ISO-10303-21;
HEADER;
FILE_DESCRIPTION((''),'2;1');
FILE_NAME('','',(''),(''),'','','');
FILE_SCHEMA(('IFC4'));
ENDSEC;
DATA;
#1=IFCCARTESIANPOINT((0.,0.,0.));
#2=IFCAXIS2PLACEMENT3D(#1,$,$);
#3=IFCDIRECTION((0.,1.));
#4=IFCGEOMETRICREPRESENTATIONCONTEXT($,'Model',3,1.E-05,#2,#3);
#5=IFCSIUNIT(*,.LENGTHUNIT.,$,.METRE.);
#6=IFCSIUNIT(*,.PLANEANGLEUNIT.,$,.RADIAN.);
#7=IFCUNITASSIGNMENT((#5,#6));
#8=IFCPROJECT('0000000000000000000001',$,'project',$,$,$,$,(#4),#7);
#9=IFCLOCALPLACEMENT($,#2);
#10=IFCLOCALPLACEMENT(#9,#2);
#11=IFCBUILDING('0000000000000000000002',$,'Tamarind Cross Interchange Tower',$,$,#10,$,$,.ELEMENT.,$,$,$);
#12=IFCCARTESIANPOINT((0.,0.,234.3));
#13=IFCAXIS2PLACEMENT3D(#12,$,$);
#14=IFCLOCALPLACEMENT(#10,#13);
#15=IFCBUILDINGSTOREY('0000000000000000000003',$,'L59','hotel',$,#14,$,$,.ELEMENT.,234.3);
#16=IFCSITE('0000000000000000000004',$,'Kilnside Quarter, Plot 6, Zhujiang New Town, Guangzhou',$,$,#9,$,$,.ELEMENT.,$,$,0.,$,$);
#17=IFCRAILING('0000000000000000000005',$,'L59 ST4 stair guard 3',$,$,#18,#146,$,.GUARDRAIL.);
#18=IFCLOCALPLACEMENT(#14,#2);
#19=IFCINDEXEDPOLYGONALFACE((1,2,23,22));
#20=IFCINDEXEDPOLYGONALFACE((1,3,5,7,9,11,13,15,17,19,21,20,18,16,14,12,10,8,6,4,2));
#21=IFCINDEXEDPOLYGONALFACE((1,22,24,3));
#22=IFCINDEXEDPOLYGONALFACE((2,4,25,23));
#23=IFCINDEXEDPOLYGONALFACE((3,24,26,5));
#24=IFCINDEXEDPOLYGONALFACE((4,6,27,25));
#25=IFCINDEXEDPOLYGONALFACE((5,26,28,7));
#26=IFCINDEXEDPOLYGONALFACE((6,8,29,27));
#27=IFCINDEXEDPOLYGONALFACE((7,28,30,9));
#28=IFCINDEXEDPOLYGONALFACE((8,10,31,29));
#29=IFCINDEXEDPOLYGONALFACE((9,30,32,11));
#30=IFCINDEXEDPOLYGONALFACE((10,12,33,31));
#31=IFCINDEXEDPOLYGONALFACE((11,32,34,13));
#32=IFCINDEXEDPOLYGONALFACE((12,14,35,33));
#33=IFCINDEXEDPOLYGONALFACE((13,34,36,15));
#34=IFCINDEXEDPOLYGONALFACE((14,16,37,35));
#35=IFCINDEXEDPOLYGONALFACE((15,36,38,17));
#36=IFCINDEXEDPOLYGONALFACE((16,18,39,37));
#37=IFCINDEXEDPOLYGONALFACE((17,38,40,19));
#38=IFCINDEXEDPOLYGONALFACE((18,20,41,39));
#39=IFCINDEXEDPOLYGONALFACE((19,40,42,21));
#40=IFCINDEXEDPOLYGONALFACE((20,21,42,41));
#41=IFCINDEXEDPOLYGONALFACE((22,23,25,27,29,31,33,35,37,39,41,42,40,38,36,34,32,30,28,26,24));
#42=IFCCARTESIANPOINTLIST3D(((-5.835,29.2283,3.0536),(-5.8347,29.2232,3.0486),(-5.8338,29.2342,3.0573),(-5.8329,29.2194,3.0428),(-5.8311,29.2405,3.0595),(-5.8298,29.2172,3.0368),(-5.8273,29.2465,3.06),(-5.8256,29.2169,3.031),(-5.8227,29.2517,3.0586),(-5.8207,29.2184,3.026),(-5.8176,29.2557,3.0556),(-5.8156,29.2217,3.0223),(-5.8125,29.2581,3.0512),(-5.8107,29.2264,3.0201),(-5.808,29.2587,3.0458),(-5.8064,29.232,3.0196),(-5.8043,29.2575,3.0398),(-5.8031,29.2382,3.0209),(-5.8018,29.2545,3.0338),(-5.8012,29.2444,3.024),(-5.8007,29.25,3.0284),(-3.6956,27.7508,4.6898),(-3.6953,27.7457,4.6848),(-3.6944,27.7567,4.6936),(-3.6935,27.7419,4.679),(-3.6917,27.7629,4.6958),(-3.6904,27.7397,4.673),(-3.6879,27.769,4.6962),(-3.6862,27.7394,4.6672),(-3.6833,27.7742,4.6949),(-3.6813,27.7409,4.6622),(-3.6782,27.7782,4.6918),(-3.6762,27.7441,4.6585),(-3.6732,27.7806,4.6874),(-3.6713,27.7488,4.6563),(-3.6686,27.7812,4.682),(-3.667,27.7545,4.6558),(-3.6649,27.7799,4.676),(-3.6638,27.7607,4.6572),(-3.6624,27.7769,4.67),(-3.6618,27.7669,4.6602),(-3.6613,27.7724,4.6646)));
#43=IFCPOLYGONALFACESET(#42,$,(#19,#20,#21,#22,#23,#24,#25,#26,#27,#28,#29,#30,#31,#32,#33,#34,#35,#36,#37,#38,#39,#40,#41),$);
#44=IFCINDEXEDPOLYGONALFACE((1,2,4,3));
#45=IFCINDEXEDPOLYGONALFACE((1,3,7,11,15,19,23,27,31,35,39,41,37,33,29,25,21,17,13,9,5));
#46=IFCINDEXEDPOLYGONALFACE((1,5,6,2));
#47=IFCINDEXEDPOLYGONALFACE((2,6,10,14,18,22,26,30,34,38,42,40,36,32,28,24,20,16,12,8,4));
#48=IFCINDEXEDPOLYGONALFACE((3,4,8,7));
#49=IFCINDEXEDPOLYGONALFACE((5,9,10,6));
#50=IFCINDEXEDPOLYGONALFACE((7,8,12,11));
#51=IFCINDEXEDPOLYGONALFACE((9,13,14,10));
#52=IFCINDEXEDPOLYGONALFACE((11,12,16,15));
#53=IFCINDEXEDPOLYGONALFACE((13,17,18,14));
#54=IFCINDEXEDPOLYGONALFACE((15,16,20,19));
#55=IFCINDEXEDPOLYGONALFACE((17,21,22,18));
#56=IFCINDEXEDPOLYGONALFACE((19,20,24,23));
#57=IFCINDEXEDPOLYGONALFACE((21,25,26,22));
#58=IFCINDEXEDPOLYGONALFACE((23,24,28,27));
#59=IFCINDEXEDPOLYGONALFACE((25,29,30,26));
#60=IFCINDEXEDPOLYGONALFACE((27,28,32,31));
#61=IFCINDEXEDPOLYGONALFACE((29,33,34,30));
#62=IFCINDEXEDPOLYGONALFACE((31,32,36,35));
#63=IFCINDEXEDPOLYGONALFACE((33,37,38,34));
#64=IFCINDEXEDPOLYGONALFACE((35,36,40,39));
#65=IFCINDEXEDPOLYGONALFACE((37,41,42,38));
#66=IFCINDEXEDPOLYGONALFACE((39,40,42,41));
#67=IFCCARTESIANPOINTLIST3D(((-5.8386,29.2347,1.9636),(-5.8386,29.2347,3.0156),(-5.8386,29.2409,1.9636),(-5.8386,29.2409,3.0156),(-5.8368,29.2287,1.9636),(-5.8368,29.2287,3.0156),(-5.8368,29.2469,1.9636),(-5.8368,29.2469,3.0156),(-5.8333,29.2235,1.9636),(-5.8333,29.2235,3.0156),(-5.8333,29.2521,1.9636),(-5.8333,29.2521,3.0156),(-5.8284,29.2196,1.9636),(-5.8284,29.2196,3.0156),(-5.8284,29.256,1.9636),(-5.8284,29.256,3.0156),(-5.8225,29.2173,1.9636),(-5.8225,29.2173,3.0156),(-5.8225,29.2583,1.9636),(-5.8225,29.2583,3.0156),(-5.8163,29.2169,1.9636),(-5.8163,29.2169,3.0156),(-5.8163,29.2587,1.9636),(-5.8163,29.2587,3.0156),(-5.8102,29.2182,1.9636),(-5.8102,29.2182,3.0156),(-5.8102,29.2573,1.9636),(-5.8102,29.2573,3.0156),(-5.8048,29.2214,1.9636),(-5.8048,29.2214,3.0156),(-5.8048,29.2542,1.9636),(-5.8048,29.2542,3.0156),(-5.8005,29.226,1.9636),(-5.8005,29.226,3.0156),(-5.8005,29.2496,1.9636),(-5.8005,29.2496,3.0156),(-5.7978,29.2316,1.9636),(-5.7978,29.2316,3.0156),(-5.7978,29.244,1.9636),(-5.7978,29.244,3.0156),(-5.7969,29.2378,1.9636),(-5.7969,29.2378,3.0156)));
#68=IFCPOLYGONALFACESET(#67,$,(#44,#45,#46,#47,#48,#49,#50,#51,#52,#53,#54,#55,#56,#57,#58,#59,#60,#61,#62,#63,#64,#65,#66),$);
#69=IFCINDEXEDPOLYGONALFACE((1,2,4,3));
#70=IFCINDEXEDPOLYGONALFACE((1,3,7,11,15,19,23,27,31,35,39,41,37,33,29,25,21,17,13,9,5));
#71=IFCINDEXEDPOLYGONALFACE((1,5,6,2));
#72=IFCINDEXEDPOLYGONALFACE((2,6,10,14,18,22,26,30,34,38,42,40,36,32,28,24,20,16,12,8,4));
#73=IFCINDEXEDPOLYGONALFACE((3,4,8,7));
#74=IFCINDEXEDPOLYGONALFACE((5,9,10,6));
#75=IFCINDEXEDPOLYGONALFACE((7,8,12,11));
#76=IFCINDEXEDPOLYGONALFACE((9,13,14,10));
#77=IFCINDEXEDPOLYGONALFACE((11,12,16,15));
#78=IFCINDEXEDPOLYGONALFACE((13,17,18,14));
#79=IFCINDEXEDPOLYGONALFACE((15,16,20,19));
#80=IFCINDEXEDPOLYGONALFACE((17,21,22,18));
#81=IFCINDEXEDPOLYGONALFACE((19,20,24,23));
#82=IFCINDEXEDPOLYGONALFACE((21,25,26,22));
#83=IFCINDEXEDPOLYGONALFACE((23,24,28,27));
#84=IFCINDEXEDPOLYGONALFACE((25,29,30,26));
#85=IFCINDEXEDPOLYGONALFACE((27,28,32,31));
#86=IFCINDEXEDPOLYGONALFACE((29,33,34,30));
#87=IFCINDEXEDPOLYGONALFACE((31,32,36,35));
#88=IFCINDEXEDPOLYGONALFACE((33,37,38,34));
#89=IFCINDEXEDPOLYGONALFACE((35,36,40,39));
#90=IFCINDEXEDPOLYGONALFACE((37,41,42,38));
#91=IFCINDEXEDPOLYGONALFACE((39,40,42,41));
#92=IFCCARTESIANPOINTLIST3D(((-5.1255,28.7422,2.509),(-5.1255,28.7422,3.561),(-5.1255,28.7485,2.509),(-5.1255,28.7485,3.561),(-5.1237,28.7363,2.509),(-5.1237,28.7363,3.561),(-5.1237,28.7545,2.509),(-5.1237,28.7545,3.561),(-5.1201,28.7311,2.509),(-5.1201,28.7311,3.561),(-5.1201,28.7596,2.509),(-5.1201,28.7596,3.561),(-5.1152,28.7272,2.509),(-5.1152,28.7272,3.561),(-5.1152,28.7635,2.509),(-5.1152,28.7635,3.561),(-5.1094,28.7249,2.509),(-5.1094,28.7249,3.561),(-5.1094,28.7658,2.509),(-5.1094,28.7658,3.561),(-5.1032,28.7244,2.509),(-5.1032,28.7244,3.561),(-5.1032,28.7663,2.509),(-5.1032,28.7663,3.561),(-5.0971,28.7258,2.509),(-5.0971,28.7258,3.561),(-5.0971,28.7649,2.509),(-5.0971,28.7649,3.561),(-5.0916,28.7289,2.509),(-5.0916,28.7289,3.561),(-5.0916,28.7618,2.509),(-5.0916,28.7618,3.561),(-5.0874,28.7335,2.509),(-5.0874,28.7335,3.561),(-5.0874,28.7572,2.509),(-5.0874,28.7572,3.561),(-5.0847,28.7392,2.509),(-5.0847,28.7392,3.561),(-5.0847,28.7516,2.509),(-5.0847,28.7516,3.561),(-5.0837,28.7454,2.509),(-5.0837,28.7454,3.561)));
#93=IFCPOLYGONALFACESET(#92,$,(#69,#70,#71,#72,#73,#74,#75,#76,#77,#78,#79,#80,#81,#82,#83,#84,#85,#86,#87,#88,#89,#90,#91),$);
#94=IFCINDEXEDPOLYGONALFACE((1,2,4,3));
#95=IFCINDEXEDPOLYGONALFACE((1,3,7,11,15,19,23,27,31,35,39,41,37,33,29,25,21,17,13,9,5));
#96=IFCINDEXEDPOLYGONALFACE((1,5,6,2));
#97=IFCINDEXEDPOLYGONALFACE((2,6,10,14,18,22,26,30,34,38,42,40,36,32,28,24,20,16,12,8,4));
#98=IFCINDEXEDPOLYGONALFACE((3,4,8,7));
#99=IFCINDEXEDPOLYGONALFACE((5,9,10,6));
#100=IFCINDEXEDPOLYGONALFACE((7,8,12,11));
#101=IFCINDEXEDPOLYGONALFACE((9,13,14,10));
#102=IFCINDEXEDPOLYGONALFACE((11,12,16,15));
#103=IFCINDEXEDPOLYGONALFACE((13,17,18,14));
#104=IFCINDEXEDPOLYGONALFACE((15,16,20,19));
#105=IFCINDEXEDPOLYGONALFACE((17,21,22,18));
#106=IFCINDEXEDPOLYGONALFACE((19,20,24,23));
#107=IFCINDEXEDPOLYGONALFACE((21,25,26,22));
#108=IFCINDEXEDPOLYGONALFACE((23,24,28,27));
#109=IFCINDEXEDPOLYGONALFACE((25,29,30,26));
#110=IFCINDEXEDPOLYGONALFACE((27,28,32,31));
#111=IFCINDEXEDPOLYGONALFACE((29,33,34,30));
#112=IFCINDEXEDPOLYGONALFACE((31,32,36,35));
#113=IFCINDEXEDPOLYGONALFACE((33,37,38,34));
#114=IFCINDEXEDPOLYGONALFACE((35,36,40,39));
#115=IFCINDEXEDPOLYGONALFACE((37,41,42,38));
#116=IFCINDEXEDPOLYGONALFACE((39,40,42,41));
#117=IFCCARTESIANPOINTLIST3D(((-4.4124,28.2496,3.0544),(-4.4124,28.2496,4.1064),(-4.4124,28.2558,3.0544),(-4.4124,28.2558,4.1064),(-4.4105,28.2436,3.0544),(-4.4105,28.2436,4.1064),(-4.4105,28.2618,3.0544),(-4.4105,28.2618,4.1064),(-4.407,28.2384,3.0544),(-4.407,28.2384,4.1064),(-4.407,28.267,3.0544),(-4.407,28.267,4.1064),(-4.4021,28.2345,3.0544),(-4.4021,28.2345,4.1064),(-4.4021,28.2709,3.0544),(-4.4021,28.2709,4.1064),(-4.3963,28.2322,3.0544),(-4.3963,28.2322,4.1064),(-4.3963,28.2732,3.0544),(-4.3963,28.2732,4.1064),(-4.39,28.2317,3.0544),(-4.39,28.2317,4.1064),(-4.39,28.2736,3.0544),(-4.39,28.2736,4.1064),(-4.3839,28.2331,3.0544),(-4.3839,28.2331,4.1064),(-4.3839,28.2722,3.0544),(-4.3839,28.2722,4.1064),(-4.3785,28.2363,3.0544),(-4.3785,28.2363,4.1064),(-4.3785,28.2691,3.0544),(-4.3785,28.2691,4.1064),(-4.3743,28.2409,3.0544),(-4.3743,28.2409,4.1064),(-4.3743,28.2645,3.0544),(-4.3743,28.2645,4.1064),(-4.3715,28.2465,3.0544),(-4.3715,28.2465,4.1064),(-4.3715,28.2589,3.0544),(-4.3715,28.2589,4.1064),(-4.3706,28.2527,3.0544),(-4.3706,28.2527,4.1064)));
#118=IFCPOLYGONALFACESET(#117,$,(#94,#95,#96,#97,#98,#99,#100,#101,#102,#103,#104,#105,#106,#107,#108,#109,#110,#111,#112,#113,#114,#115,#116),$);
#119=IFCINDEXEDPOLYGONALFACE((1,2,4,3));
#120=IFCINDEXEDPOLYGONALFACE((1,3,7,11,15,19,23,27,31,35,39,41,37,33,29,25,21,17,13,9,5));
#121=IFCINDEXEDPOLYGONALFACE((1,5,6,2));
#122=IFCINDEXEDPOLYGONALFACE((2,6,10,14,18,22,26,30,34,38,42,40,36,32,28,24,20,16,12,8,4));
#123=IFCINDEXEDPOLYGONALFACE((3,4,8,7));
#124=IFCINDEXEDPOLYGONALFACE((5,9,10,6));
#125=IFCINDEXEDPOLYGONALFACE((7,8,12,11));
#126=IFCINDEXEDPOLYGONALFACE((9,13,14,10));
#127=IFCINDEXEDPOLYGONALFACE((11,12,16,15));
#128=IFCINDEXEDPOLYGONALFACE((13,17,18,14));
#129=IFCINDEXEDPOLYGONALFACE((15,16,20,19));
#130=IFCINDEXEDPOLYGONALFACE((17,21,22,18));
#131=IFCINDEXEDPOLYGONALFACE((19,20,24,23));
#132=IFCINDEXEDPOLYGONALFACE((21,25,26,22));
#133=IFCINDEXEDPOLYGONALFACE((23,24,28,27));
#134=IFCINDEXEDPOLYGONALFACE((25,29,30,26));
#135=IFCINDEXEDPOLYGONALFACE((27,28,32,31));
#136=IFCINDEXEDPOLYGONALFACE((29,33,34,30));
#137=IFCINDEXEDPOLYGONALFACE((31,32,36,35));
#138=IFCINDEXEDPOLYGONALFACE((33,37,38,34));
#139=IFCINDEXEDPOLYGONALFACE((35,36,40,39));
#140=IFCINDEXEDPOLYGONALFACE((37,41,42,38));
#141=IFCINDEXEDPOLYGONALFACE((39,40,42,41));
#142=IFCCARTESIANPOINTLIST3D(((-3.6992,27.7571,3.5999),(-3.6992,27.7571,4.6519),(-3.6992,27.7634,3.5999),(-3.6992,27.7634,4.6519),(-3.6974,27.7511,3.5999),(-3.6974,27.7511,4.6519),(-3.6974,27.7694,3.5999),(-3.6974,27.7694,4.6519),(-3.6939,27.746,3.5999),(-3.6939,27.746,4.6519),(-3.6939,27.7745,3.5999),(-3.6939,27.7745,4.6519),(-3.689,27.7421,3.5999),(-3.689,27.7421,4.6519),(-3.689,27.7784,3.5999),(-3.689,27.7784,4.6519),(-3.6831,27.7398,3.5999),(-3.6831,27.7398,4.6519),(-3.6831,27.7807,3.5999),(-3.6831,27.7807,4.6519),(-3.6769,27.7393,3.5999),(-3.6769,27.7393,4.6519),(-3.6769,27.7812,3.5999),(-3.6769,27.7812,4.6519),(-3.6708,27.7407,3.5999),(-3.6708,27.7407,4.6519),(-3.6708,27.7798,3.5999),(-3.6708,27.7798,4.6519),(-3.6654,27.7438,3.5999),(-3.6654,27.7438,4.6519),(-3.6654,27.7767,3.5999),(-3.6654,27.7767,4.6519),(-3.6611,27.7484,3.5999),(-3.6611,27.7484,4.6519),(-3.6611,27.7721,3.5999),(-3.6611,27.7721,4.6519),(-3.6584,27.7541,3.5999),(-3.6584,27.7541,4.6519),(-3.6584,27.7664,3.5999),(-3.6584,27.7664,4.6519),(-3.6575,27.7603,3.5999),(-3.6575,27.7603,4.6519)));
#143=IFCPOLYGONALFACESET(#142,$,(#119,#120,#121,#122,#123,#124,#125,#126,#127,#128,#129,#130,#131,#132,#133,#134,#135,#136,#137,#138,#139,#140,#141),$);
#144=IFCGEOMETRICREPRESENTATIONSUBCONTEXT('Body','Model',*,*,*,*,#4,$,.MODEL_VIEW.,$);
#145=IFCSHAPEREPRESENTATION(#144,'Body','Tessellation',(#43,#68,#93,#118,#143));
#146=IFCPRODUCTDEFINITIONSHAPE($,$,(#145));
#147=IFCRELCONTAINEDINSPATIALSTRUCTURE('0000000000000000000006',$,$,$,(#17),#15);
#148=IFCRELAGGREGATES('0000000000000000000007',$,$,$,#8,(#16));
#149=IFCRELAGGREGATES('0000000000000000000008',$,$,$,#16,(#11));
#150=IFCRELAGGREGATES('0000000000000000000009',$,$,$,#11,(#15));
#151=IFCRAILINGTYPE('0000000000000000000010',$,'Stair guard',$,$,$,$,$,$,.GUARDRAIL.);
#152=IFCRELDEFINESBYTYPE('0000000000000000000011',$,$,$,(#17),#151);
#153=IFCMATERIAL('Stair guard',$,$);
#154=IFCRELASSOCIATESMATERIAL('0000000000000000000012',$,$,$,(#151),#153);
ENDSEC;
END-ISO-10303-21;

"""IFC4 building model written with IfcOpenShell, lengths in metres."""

from ifc_helpers import new_model, si_unit, direction, frame, origin, origin_2d, place, context, subcontext, project, spatial, circle, extrude, material, type_object, element, save


model = new_model("IFC4")

# Units and contexts
model_context = context("Model", 3, precision=1e-05, world=origin(), true_north=direction((0.0, 1.0)))
body_context = subcontext(model_context, "Body", "Model", "MODEL_VIEW")
ifc_project = project(units=[si_unit("LENGTHUNIT", "METRE"), si_unit("PLANEANGLEUNIT", "RADIAN")], contexts=[model_context])

# Site, building, storey
site_placement = place(None, origin())
site = spatial("IfcSite", under=ifc_project, at=site_placement, Name="Kilnside Quarter, Plot 6, Zhujiang New Town, Guangzhou", CompositionType="ELEMENT", RefElevation=0.0)
building_placement = place(site_placement, origin())
building = spatial("IfcBuilding", under=site, at=building_placement, Name="Tamarind Cross Interchange Tower", CompositionType="ELEMENT")
storey_placement = place(building_placement, frame((0.0, 0.0, 234.3)))
storey = spatial("IfcBuildingStorey", under=building, at=storey_placement, Name="L59", Description="hotel", CompositionType="ELEMENT", Elevation=234.3)

# Railing
ifc_material_1 = material(Name="Stair guard")
railing_type_1 = type_object("IfcRailingType", Name="Stair guard", PredefinedType="GUARDRAIL", material=ifc_material_1)
railing_1_placement = place(storey_placement, frame((-5.8179, 29.2378, 1.9636)))
element("IfcRailing", 1, at=railing_1_placement, inside=storey, type_object=railing_type_1, Name="L59 ST4 stair guard 3", PredefinedType="GUARDRAIL", context=body_context, shape_type="SweptSolid", body=[
    extrude(circle(Radius=0.0239, at=origin_2d()), frame((0.0, 0.0, 1.0762), z_axis=(0.696412, -0.480964, 0.53262), x_axis=(0.568277, 0.822837, 0.0)), (0.0, 0.0, 1.0), 3.072),
    extrude(circle(Radius=0.021, at=origin_2d()), origin(), (0.0, 0.0, 1.0), 1.052),
    extrude(circle(Radius=0.021, at=origin_2d()), frame((0.7131, -0.4924, 0.5454)), (0.0, 0.0, 1.0), 1.052),
    extrude(circle(Radius=0.021, at=origin_2d()), frame((1.4263, -0.9851, 1.0908)), (0.0, 0.0, 1.0), 1.052),
    extrude(circle(Radius=0.021, at=origin_2d()), frame((2.1394, -1.4775, 1.6362)), (0.0, 0.0, 1.0), 1.052),
])

save(model, "model.ifc")
